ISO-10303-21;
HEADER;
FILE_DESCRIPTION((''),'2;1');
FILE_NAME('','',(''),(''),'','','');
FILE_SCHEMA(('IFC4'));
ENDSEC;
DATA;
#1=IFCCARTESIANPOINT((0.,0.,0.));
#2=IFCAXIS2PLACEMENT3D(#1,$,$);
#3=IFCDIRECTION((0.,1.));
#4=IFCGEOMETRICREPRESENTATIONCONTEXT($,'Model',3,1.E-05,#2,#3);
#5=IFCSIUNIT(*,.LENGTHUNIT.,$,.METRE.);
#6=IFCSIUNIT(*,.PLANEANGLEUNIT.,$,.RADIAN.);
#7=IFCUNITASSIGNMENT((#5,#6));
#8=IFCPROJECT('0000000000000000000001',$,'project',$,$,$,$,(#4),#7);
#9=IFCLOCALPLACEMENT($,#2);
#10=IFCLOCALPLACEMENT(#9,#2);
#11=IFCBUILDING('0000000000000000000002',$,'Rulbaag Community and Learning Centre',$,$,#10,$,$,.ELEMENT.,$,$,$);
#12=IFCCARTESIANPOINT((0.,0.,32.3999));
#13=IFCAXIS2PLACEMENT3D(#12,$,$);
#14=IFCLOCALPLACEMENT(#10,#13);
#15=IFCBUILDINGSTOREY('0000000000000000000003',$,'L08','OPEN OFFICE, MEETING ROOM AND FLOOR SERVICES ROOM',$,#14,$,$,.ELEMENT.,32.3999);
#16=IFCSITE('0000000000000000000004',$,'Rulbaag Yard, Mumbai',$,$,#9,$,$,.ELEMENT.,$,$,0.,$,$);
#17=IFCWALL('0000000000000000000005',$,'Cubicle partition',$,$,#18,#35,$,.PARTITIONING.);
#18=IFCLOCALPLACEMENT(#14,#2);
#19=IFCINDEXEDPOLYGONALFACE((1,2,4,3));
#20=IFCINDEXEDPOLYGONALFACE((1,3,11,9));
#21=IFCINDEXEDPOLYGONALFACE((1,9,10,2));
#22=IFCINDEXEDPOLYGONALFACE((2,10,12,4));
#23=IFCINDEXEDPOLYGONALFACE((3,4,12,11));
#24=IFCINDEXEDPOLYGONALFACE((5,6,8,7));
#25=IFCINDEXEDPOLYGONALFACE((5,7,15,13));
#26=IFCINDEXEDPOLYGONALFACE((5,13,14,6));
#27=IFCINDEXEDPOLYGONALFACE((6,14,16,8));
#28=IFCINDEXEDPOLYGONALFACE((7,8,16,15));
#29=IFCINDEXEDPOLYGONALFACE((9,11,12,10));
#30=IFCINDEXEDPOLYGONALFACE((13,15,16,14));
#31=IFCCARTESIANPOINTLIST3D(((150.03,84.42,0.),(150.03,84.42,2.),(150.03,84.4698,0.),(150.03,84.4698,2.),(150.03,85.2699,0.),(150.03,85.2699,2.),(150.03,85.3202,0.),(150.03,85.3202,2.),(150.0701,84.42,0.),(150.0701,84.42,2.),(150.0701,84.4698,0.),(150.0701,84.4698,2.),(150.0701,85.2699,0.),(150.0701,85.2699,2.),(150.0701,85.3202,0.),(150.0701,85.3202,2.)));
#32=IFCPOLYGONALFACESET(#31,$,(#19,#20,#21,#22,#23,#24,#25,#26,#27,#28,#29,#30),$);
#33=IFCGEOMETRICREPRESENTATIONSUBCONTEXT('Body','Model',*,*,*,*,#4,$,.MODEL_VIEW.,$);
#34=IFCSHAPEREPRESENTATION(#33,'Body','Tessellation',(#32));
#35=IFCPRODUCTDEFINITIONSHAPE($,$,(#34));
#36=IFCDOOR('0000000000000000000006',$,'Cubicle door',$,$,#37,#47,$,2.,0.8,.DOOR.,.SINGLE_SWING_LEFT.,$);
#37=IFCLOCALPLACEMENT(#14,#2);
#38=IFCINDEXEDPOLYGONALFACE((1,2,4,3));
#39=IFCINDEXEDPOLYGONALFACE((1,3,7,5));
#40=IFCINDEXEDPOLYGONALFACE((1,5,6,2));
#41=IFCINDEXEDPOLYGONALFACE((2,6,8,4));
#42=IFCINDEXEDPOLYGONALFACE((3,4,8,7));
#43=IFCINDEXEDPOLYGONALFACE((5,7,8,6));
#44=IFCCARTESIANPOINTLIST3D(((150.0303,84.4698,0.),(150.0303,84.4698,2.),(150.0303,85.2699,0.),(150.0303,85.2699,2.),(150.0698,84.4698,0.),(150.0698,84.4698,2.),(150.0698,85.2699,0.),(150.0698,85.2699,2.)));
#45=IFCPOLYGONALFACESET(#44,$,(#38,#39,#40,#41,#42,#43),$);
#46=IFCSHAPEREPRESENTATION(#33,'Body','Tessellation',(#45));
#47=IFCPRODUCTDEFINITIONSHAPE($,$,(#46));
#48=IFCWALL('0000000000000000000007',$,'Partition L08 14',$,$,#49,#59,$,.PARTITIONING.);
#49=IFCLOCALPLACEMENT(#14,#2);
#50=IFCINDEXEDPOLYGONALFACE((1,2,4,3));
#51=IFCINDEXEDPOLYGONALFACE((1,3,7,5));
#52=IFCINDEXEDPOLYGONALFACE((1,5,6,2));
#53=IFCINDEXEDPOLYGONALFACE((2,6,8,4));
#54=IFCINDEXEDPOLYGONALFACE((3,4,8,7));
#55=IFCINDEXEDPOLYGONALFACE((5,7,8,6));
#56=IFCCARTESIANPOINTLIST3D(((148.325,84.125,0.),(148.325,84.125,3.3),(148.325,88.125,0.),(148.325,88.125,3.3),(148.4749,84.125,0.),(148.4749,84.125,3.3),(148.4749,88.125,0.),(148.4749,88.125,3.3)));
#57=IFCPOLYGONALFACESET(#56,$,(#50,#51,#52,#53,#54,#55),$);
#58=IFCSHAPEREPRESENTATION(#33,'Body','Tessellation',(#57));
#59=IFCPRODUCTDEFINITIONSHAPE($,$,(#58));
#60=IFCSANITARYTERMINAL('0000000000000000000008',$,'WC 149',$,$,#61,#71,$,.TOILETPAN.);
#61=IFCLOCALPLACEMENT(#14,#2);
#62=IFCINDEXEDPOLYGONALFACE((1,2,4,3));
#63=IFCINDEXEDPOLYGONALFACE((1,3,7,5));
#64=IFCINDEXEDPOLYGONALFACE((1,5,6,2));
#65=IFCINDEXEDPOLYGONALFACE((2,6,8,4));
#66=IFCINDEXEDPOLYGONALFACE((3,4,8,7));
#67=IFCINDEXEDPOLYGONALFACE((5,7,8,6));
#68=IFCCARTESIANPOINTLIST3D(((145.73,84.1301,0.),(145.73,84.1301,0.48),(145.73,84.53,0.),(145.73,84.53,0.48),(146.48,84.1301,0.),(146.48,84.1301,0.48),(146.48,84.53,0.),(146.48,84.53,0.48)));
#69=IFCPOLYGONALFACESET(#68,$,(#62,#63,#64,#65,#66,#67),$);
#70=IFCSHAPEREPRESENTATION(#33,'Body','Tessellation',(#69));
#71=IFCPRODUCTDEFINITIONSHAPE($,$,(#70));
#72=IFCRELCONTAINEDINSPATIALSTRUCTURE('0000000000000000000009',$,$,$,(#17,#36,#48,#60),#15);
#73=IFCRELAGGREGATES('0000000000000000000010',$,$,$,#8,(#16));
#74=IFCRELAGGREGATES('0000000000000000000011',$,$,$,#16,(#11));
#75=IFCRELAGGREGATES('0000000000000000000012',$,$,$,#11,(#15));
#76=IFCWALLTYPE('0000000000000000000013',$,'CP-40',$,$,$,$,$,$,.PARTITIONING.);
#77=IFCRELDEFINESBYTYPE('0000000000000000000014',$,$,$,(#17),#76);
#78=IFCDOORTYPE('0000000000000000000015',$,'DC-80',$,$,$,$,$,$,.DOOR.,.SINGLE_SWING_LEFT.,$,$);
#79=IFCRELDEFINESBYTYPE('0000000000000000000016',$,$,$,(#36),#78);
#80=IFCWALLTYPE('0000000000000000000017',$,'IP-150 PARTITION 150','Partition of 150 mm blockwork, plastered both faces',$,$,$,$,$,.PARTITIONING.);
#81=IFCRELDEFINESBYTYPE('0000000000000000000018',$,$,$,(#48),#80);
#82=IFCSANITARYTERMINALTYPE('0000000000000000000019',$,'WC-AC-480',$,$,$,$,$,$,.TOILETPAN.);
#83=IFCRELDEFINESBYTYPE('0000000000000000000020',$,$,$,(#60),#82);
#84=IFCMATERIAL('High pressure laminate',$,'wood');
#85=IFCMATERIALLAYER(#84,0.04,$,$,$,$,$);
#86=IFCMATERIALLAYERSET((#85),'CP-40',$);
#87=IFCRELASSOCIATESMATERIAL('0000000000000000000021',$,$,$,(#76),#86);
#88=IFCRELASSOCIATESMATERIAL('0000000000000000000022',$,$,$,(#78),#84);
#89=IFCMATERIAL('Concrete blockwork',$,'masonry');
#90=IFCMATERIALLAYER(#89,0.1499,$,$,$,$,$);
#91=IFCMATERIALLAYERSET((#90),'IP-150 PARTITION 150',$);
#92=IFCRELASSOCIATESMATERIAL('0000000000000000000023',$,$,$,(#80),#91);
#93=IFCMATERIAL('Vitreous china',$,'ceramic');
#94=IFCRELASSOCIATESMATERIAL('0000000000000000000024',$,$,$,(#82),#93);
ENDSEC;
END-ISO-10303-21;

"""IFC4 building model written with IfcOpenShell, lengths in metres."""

from ifc_helpers import new_model, si_unit, direction, frame, frame_2d, origin, origin_2d, place, context, subcontext, project, spatial, rectangle, extrude, material, layer, layer_set, type_object, element, fill, save


model = new_model("IFC4")

# Units and contexts
model_context = context("Model", 3, precision=1e-05, world=origin(), true_north=direction((0.0, 1.0)))
body_context = subcontext(model_context, "Body", "Model", "MODEL_VIEW")
ifc_project = project(units=[si_unit("LENGTHUNIT", "METRE"), si_unit("PLANEANGLEUNIT", "RADIAN")], contexts=[model_context])

# Site, building, storey
site_placement = place(None, origin())
site = spatial("IfcSite", under=ifc_project, at=site_placement, Name="Rulbaag Yard, Mumbai", CompositionType="ELEMENT", RefElevation=0.0)
building_placement = place(site_placement, origin())
building = spatial("IfcBuilding", under=site, at=building_placement, Name="Rulbaag Community and Learning Centre", CompositionType="ELEMENT")
storey_placement = place(building_placement, frame((0.0, 0.0, 32.3999)))
storey = spatial("IfcBuildingStorey", under=building, at=storey_placement, Name="L08", Description="OPEN OFFICE, MEETING ROOM AND FLOOR SERVICES ROOM", CompositionType="ELEMENT", Elevation=32.3999)

# Shared definitions
ifc_material_1 = material(Name="High pressure laminate", Category="wood")
ifc_layer_1 = layer(ifc_material_1, 0.04)
ifc_layer_set_1 = layer_set([ifc_layer_1], Name="CP-40")
wall_type_1 = type_object("IfcWallType", Name="CP-40", PredefinedType="PARTITIONING", material=ifc_layer_set_1)

# Wall, opening, door
wall_1_placement = place(storey_placement, frame((150.05, 84.4199, 0.0), z_axis=(0.0, 0.0, 1.0), x_axis=(0.0, 1.0, 0.0)))
wall_1 = element("IfcWall", 1, at=wall_1_placement, inside=storey, type_object=wall_type_1, Name="Cubicle partition", PredefinedType="PARTITIONING", context=body_context, shape_type="SweptSolid", body=[
    extrude(rectangle(XDim=0.9001, YDim=0.04, at=frame_2d((0.4502, 0.0))), origin(), (0.0, 0.0, 1.0), 2.0),
])
opening_placement = place(wall_1_placement, frame((0.05, 0.0, 0.0)))
opening = element("IfcOpeningElement", 2, at=opening_placement, cuts=wall_1, PredefinedType="OPENING", context=body_context, shape_type="SweptSolid", body=[
    extrude(rectangle(XDim=0.8, YDim=2.0, at=frame_2d((0.3999, 1.0))), frame((0.0, 0.03, 0.0), z_axis=(0.0, -1.0, 0.0), x_axis=(1.0, 0.0, 0.0)), (0.0, 0.0, 1.0), 0.0601),
])
door_type = type_object("IfcDoorType", Name="DC-80", OperationType="SINGLE_SWING_LEFT", PredefinedType="DOOR", material=ifc_material_1)
door_placement = place(opening_placement, origin())
door = element("IfcDoor", 3, at=door_placement, inside=storey, type_object=door_type, Name="Cubicle door", OperationType="SINGLE_SWING_LEFT", OverallHeight=2.0, OverallWidth=0.8, PredefinedType="DOOR", context=body_context, shape_type="SweptSolid", body=[
    extrude(rectangle(XDim=0.8, YDim=2.0, at=frame_2d((0.3999, 1.0))), frame((0.0, 0.0198, 0.0), z_axis=(0.0, -1.0, 0.0), x_axis=(1.0, 0.0, 0.0)), (0.0, 0.0, 1.0), 0.0396),
])
fill(opening, door)

# Wall
ifc_material_2 = material(Name="Concrete blockwork", Category="masonry")
ifc_layer_2 = layer(ifc_material_2, 0.1499)
ifc_layer_set_2 = layer_set([ifc_layer_2], Name="IP-150 PARTITION 150")
wall_type_2 = type_object("IfcWallType", Name="IP-150 PARTITION 150", Description="Partition of 150 mm blockwork, plastered both faces", PredefinedType="PARTITIONING", material=ifc_layer_set_2)
wall_2_placement = place(storey_placement, frame((148.3999, 84.125, 0.0), z_axis=(0.0, 0.0, 1.0), x_axis=(0.0, 1.0, 0.0)))
element("IfcWall", 4, at=wall_2_placement, inside=storey, type_object=wall_type_2, Name="Partition L08 14", PredefinedType="PARTITIONING", context=body_context, shape_type="SweptSolid", body=[
    extrude(rectangle(XDim=4.0, YDim=0.1499, at=frame_2d((2.0, 0.0))), origin(), (0.0, 0.0, 1.0), 3.3),
])

# Sanitary terminal
ifc_material_3 = material(Name="Vitreous china", Category="ceramic")
sanitary_terminal_type = type_object("IfcSanitaryTerminalType", Name="WC-AC-480", PredefinedType="TOILETPAN", material=ifc_material_3)
sanitary_terminal_placement = place(storey_placement, frame((146.105, 84.3301, 0.0), z_axis=(0.0, 0.0, 1.0), x_axis=(1.0, 0.0, 0.0)))
element("IfcSanitaryTerminal", 5, at=sanitary_terminal_placement, inside=storey, type_object=sanitary_terminal_type, Name="WC 149", PredefinedType="TOILETPAN", context=body_context, shape_type="SweptSolid", body=[
    extrude(rectangle(XDim=0.75, YDim=0.3999, at=origin_2d()), origin(), (0.0, 0.0, 1.0), 0.48),
])

save(model, "model.ifc")
